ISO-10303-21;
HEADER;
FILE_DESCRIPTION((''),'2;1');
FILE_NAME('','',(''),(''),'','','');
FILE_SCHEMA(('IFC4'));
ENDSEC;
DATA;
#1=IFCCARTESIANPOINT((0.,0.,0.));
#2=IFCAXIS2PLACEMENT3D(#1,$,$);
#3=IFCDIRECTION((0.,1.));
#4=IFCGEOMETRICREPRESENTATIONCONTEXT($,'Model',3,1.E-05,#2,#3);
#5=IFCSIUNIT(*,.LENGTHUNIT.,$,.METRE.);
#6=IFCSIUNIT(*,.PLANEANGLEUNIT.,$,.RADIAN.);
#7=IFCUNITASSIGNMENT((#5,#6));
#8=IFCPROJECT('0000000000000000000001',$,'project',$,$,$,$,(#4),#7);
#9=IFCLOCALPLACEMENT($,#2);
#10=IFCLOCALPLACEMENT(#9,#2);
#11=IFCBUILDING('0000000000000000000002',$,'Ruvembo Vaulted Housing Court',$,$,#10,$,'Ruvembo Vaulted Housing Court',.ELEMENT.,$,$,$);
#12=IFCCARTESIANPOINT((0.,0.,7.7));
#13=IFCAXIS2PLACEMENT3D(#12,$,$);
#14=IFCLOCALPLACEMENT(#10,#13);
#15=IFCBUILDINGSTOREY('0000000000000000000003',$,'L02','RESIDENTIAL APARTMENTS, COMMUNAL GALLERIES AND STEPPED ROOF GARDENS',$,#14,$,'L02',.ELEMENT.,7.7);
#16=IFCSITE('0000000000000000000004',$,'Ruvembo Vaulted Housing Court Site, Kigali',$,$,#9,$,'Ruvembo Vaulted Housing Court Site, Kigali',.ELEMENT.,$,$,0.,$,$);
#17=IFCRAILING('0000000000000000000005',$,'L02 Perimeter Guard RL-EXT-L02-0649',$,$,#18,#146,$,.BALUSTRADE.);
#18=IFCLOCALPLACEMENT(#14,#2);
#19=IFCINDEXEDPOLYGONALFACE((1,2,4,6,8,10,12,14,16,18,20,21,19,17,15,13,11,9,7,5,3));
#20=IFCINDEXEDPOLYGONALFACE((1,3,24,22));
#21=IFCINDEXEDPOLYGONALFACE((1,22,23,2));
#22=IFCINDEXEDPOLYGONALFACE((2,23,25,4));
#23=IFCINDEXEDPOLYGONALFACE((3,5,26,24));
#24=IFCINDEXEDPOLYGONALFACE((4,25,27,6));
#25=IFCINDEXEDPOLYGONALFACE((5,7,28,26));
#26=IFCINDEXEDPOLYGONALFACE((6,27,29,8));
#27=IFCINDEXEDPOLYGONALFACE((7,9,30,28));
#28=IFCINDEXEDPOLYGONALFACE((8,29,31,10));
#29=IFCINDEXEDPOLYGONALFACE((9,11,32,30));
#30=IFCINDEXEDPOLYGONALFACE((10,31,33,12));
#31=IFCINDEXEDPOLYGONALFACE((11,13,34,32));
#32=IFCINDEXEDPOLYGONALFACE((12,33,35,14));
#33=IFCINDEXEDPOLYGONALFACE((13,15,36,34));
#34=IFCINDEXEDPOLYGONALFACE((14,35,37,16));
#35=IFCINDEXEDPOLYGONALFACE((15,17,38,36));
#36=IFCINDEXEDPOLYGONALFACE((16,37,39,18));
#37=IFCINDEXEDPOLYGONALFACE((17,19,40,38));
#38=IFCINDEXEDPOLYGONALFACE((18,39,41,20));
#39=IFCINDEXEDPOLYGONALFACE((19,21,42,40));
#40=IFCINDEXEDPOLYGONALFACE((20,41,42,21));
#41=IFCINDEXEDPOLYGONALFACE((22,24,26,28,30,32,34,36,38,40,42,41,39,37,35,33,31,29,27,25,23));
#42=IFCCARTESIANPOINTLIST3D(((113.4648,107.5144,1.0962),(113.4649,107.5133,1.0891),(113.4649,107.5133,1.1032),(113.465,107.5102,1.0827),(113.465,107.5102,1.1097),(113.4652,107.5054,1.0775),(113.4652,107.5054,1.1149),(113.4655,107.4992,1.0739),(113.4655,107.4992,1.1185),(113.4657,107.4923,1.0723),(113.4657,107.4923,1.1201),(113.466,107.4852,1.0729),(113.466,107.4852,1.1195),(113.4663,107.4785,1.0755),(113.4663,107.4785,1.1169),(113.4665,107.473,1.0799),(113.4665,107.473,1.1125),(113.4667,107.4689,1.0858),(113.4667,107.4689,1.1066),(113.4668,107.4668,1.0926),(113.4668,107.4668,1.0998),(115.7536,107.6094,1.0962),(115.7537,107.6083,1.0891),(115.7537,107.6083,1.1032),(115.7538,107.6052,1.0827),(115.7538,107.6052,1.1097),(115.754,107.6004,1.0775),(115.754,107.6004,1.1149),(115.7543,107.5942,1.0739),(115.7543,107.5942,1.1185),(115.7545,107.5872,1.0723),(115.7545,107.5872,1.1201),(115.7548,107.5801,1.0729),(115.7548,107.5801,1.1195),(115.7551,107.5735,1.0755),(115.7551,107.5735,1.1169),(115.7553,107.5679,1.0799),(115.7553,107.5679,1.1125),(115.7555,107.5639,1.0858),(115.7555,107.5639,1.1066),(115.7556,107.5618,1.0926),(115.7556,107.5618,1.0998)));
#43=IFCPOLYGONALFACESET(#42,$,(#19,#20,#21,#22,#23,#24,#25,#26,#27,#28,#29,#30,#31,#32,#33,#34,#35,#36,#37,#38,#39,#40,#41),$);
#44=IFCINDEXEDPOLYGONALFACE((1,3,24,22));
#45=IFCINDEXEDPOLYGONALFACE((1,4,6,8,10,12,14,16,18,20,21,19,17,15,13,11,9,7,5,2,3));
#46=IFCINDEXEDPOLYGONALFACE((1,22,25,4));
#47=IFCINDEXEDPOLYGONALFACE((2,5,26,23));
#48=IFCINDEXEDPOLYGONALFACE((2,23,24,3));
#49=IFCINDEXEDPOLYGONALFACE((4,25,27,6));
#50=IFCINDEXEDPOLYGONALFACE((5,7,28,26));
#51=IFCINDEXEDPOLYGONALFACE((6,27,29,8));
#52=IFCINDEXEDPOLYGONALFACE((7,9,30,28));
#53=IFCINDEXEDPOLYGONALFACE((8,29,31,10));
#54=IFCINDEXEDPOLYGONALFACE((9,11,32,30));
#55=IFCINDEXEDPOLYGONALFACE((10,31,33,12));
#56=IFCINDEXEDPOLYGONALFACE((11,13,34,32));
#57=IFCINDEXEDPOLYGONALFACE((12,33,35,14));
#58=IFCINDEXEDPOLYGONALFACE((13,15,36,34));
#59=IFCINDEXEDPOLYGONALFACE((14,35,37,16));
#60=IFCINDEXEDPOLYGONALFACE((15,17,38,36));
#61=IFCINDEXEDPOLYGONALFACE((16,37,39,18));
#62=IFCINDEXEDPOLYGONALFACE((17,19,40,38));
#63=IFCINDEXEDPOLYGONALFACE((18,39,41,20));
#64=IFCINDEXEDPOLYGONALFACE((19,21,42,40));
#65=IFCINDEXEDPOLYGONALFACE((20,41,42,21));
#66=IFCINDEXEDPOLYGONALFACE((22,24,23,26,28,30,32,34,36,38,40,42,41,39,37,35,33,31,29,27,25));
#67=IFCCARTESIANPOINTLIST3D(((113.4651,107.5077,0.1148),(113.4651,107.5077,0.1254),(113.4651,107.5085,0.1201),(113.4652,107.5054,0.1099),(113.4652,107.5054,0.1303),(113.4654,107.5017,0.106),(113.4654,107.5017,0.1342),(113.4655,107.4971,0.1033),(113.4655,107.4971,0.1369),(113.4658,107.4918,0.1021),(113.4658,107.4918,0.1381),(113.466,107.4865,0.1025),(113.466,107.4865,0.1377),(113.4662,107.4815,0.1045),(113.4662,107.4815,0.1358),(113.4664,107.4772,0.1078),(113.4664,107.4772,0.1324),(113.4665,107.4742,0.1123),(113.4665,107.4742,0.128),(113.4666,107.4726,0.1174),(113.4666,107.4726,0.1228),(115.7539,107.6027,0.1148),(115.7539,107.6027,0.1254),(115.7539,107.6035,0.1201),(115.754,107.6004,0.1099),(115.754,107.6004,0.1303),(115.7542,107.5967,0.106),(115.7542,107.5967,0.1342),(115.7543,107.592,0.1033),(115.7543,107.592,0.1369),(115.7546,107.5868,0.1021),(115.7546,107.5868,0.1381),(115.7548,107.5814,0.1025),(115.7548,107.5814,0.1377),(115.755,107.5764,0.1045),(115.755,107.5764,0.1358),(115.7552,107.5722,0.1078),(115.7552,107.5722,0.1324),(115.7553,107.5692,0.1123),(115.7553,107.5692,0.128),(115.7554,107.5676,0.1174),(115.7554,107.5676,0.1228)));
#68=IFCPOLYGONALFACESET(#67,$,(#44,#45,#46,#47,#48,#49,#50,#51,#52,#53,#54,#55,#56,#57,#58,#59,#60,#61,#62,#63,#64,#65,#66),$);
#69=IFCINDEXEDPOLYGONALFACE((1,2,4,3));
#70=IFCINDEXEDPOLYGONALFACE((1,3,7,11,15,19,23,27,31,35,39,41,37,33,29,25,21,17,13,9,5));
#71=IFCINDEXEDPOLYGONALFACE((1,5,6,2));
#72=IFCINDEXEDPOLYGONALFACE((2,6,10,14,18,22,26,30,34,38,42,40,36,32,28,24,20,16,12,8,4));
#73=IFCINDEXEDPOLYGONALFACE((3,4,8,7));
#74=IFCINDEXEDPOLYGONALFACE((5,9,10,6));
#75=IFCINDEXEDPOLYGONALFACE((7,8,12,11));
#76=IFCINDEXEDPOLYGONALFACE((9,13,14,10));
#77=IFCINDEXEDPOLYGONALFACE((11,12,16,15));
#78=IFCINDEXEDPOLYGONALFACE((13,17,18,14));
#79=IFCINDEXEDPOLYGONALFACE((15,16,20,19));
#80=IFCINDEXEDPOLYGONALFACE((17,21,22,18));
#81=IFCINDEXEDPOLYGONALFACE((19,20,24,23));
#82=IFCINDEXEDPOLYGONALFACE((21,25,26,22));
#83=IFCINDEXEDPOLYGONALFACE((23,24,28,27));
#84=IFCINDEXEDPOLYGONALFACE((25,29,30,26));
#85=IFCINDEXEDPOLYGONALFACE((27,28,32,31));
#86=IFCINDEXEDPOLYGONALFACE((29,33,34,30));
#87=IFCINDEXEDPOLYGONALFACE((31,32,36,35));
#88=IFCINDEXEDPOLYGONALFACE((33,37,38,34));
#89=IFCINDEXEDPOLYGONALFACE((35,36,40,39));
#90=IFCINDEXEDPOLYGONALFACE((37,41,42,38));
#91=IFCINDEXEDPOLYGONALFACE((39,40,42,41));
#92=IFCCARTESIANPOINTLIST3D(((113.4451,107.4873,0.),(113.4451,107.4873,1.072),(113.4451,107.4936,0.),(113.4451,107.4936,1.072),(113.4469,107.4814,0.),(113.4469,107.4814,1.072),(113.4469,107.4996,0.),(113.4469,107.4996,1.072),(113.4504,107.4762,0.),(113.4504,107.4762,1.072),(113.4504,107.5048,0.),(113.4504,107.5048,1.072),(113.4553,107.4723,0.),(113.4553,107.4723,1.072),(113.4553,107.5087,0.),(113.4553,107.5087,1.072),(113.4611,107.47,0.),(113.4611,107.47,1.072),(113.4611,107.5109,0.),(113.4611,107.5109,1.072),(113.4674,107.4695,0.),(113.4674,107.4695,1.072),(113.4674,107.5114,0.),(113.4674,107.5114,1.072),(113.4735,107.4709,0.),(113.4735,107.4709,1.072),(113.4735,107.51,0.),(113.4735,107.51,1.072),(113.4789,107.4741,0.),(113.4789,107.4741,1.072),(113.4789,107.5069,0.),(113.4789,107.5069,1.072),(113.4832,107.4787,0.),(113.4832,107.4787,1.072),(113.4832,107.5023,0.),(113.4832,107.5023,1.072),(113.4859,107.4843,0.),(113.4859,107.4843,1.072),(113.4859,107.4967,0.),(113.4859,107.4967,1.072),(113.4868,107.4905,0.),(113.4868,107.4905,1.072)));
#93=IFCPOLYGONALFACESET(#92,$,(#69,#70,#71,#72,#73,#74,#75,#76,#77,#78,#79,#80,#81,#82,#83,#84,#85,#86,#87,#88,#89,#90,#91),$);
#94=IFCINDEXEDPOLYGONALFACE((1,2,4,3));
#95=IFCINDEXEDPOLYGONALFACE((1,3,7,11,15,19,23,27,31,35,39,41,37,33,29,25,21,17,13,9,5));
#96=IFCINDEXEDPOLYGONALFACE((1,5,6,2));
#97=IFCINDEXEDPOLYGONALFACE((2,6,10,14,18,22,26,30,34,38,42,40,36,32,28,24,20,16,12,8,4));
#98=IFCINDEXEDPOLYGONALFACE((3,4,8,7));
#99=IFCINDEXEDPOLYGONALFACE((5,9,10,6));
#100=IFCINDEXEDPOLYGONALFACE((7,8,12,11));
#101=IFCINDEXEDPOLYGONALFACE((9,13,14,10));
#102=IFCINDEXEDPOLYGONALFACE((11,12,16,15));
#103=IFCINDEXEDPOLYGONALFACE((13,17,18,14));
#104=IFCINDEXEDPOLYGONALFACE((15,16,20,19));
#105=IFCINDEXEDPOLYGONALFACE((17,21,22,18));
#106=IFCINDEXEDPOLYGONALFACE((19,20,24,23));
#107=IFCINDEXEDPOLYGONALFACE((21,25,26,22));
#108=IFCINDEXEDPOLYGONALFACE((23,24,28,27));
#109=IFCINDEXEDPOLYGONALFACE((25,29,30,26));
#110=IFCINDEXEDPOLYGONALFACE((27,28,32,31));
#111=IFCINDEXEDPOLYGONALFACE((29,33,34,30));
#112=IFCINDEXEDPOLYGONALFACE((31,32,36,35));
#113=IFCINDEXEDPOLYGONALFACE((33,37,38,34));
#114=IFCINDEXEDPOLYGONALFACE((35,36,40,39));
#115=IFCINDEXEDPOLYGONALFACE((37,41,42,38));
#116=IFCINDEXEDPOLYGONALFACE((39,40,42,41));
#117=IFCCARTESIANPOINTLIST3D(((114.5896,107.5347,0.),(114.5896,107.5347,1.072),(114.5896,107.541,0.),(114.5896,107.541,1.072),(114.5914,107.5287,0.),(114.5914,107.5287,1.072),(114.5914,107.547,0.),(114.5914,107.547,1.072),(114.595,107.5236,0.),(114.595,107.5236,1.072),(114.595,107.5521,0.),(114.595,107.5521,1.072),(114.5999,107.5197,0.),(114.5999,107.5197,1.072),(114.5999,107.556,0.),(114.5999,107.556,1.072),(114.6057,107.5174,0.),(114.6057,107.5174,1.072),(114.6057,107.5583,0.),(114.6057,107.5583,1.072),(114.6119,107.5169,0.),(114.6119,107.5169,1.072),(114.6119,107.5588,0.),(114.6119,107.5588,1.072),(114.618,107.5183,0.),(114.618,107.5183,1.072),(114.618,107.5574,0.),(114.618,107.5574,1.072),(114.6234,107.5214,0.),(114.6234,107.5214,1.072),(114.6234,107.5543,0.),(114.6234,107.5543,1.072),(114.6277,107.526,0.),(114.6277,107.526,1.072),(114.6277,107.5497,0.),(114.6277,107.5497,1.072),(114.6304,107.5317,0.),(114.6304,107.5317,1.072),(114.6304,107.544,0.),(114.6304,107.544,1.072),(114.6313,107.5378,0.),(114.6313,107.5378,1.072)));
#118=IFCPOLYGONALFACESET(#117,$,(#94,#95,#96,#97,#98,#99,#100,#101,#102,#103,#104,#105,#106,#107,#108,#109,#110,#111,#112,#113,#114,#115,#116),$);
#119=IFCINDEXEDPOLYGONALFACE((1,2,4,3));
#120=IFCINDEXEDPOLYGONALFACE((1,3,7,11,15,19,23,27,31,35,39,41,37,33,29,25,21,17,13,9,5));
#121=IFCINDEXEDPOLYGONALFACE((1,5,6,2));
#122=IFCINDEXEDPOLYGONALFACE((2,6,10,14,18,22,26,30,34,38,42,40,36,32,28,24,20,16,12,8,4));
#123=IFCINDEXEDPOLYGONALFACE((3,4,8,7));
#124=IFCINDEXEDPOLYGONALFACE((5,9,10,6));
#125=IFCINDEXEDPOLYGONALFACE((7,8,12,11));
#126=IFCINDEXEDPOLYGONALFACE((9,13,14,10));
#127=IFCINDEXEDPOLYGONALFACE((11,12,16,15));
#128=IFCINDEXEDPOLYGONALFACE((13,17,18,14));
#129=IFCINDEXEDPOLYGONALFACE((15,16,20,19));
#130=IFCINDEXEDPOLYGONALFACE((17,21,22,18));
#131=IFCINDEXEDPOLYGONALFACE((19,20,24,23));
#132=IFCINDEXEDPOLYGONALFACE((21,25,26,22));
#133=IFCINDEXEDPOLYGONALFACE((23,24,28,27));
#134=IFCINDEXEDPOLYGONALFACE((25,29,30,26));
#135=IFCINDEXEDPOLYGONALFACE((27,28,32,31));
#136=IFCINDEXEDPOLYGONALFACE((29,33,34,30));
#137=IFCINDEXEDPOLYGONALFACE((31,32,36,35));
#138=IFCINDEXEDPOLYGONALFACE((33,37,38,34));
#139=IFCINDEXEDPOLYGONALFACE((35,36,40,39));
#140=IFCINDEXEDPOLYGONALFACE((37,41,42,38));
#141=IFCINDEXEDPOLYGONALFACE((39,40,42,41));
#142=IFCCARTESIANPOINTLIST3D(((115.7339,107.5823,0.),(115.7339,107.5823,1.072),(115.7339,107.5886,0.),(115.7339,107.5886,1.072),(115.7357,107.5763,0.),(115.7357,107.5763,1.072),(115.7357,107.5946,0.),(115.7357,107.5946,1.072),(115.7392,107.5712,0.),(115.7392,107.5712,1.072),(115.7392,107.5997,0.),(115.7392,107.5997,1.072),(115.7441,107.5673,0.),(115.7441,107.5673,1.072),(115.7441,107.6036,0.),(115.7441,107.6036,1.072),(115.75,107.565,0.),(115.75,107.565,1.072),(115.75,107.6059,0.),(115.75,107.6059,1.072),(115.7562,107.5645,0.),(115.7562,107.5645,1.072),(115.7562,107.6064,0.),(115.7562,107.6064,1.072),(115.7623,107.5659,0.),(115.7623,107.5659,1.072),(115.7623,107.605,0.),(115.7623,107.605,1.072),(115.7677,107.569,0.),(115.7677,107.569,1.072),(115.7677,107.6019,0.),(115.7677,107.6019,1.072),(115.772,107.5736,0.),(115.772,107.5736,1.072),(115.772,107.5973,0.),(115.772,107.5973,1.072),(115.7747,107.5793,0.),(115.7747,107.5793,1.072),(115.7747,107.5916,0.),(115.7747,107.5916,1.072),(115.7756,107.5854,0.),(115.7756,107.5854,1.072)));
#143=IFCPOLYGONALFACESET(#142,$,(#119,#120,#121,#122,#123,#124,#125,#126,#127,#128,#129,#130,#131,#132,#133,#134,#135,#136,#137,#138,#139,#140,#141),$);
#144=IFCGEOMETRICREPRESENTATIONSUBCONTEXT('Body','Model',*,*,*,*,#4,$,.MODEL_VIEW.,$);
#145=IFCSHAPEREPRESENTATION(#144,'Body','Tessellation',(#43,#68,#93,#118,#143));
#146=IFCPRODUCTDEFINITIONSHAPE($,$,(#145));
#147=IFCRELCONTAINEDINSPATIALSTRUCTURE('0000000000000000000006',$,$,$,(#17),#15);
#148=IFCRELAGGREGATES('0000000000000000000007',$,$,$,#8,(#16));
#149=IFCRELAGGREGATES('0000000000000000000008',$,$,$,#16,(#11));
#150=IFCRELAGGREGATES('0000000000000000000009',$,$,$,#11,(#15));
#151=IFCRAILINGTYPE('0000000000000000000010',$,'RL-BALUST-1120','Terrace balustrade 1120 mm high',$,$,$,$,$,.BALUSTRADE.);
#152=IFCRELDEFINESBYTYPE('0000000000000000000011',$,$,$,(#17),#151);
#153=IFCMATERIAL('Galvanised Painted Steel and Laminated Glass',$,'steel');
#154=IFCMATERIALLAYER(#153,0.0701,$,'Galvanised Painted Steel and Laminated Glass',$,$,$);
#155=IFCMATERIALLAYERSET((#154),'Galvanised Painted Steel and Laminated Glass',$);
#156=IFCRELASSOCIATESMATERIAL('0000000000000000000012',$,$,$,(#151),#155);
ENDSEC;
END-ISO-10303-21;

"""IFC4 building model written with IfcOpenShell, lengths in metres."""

from ifc_helpers import new_model, si_unit, direction, frame, origin, origin_2d, place, context, subcontext, project, spatial, circle, extrude, material, layer, layer_set, type_object, element, save


model = new_model("IFC4")

# Units and contexts
model_context = context("Model", 3, precision=1e-05, world=origin(), true_north=direction((0.0, 1.0)))
body_context = subcontext(model_context, "Body", "Model", "MODEL_VIEW")
ifc_project = project(units=[si_unit("LENGTHUNIT", "METRE"), si_unit("PLANEANGLEUNIT", "RADIAN")], contexts=[model_context])

# Site, building, storey
site_placement = place(None, origin())
site = spatial("IfcSite", under=ifc_project, at=site_placement, Name="Ruvembo Vaulted Housing Court Site, Kigali", LongName="Ruvembo Vaulted Housing Court Site, Kigali", CompositionType="ELEMENT", RefElevation=0.0)
building_placement = place(site_placement, origin())
building = spatial("IfcBuilding", under=site, at=building_placement, Name="Ruvembo Vaulted Housing Court", LongName="Ruvembo Vaulted Housing Court", CompositionType="ELEMENT")
storey_placement = place(building_placement, frame((0.0, 0.0, 7.7)))
storey = spatial("IfcBuildingStorey", under=building, at=storey_placement, Name="L02", Description="RESIDENTIAL APARTMENTS, COMMUNAL GALLERIES AND STEPPED ROOF GARDENS", LongName="L02", CompositionType="ELEMENT", Elevation=7.7)

# Railing
ifc_material_1 = material(Name="Galvanised Painted Steel and Laminated Glass", Category="steel")
ifc_layer_1 = layer(ifc_material_1, 0.0701, Name="Galvanised Painted Steel and Laminated Glass")
ifc_layer_set_1 = layer_set([ifc_layer_1], Name="Galvanised Painted Steel and Laminated Glass")
railing_type = type_object("IfcRailingType", Name="RL-BALUST-1120", Description="Terrace balustrade 1120 mm high", PredefinedType="BALUSTRADE", material=ifc_layer_set_1)
railing_1_placement = place(storey_placement, frame((113.4658, 107.4905, 0.0)))
element("IfcRailing", 1, at=railing_1_placement, inside=storey, type_object=railing_type, Name="L02 Perimeter Guard RL-EXT-L02-0649", PredefinedType="BALUSTRADE", context=body_context, shape_type="SweptSolid", body=[
    extrude(circle(Radius=0.0239, at=origin_2d()), frame((0.0, 0.0, 1.0962), z_axis=(0.99914, 0.041458, 0.0), x_axis=(-0.041458, 0.99914, 0.0)), (0.0, 0.0, 1.0), 2.2908),
    extrude(circle(Radius=0.0181, at=origin_2d()), frame((0.0, 0.0, 0.1201), z_axis=(0.99914, 0.041458, 0.0), x_axis=(-0.041458, 0.99914, 0.0)), (0.0, 0.0, 1.0), 2.2908),
    extrude(circle(Radius=0.021, at=origin_2d()), origin(), (0.0, 0.0, 1.0), 1.072),
    extrude(circle(Radius=0.021, at=origin_2d()), frame((1.1445, 0.0474, 0.0)), (0.0, 0.0, 1.0), 1.072),
    extrude(circle(Radius=0.021, at=origin_2d()), frame((2.2888, 0.095, 0.0)), (0.0, 0.0, 1.0), 1.072),
])

save(model, "model.ifc")
